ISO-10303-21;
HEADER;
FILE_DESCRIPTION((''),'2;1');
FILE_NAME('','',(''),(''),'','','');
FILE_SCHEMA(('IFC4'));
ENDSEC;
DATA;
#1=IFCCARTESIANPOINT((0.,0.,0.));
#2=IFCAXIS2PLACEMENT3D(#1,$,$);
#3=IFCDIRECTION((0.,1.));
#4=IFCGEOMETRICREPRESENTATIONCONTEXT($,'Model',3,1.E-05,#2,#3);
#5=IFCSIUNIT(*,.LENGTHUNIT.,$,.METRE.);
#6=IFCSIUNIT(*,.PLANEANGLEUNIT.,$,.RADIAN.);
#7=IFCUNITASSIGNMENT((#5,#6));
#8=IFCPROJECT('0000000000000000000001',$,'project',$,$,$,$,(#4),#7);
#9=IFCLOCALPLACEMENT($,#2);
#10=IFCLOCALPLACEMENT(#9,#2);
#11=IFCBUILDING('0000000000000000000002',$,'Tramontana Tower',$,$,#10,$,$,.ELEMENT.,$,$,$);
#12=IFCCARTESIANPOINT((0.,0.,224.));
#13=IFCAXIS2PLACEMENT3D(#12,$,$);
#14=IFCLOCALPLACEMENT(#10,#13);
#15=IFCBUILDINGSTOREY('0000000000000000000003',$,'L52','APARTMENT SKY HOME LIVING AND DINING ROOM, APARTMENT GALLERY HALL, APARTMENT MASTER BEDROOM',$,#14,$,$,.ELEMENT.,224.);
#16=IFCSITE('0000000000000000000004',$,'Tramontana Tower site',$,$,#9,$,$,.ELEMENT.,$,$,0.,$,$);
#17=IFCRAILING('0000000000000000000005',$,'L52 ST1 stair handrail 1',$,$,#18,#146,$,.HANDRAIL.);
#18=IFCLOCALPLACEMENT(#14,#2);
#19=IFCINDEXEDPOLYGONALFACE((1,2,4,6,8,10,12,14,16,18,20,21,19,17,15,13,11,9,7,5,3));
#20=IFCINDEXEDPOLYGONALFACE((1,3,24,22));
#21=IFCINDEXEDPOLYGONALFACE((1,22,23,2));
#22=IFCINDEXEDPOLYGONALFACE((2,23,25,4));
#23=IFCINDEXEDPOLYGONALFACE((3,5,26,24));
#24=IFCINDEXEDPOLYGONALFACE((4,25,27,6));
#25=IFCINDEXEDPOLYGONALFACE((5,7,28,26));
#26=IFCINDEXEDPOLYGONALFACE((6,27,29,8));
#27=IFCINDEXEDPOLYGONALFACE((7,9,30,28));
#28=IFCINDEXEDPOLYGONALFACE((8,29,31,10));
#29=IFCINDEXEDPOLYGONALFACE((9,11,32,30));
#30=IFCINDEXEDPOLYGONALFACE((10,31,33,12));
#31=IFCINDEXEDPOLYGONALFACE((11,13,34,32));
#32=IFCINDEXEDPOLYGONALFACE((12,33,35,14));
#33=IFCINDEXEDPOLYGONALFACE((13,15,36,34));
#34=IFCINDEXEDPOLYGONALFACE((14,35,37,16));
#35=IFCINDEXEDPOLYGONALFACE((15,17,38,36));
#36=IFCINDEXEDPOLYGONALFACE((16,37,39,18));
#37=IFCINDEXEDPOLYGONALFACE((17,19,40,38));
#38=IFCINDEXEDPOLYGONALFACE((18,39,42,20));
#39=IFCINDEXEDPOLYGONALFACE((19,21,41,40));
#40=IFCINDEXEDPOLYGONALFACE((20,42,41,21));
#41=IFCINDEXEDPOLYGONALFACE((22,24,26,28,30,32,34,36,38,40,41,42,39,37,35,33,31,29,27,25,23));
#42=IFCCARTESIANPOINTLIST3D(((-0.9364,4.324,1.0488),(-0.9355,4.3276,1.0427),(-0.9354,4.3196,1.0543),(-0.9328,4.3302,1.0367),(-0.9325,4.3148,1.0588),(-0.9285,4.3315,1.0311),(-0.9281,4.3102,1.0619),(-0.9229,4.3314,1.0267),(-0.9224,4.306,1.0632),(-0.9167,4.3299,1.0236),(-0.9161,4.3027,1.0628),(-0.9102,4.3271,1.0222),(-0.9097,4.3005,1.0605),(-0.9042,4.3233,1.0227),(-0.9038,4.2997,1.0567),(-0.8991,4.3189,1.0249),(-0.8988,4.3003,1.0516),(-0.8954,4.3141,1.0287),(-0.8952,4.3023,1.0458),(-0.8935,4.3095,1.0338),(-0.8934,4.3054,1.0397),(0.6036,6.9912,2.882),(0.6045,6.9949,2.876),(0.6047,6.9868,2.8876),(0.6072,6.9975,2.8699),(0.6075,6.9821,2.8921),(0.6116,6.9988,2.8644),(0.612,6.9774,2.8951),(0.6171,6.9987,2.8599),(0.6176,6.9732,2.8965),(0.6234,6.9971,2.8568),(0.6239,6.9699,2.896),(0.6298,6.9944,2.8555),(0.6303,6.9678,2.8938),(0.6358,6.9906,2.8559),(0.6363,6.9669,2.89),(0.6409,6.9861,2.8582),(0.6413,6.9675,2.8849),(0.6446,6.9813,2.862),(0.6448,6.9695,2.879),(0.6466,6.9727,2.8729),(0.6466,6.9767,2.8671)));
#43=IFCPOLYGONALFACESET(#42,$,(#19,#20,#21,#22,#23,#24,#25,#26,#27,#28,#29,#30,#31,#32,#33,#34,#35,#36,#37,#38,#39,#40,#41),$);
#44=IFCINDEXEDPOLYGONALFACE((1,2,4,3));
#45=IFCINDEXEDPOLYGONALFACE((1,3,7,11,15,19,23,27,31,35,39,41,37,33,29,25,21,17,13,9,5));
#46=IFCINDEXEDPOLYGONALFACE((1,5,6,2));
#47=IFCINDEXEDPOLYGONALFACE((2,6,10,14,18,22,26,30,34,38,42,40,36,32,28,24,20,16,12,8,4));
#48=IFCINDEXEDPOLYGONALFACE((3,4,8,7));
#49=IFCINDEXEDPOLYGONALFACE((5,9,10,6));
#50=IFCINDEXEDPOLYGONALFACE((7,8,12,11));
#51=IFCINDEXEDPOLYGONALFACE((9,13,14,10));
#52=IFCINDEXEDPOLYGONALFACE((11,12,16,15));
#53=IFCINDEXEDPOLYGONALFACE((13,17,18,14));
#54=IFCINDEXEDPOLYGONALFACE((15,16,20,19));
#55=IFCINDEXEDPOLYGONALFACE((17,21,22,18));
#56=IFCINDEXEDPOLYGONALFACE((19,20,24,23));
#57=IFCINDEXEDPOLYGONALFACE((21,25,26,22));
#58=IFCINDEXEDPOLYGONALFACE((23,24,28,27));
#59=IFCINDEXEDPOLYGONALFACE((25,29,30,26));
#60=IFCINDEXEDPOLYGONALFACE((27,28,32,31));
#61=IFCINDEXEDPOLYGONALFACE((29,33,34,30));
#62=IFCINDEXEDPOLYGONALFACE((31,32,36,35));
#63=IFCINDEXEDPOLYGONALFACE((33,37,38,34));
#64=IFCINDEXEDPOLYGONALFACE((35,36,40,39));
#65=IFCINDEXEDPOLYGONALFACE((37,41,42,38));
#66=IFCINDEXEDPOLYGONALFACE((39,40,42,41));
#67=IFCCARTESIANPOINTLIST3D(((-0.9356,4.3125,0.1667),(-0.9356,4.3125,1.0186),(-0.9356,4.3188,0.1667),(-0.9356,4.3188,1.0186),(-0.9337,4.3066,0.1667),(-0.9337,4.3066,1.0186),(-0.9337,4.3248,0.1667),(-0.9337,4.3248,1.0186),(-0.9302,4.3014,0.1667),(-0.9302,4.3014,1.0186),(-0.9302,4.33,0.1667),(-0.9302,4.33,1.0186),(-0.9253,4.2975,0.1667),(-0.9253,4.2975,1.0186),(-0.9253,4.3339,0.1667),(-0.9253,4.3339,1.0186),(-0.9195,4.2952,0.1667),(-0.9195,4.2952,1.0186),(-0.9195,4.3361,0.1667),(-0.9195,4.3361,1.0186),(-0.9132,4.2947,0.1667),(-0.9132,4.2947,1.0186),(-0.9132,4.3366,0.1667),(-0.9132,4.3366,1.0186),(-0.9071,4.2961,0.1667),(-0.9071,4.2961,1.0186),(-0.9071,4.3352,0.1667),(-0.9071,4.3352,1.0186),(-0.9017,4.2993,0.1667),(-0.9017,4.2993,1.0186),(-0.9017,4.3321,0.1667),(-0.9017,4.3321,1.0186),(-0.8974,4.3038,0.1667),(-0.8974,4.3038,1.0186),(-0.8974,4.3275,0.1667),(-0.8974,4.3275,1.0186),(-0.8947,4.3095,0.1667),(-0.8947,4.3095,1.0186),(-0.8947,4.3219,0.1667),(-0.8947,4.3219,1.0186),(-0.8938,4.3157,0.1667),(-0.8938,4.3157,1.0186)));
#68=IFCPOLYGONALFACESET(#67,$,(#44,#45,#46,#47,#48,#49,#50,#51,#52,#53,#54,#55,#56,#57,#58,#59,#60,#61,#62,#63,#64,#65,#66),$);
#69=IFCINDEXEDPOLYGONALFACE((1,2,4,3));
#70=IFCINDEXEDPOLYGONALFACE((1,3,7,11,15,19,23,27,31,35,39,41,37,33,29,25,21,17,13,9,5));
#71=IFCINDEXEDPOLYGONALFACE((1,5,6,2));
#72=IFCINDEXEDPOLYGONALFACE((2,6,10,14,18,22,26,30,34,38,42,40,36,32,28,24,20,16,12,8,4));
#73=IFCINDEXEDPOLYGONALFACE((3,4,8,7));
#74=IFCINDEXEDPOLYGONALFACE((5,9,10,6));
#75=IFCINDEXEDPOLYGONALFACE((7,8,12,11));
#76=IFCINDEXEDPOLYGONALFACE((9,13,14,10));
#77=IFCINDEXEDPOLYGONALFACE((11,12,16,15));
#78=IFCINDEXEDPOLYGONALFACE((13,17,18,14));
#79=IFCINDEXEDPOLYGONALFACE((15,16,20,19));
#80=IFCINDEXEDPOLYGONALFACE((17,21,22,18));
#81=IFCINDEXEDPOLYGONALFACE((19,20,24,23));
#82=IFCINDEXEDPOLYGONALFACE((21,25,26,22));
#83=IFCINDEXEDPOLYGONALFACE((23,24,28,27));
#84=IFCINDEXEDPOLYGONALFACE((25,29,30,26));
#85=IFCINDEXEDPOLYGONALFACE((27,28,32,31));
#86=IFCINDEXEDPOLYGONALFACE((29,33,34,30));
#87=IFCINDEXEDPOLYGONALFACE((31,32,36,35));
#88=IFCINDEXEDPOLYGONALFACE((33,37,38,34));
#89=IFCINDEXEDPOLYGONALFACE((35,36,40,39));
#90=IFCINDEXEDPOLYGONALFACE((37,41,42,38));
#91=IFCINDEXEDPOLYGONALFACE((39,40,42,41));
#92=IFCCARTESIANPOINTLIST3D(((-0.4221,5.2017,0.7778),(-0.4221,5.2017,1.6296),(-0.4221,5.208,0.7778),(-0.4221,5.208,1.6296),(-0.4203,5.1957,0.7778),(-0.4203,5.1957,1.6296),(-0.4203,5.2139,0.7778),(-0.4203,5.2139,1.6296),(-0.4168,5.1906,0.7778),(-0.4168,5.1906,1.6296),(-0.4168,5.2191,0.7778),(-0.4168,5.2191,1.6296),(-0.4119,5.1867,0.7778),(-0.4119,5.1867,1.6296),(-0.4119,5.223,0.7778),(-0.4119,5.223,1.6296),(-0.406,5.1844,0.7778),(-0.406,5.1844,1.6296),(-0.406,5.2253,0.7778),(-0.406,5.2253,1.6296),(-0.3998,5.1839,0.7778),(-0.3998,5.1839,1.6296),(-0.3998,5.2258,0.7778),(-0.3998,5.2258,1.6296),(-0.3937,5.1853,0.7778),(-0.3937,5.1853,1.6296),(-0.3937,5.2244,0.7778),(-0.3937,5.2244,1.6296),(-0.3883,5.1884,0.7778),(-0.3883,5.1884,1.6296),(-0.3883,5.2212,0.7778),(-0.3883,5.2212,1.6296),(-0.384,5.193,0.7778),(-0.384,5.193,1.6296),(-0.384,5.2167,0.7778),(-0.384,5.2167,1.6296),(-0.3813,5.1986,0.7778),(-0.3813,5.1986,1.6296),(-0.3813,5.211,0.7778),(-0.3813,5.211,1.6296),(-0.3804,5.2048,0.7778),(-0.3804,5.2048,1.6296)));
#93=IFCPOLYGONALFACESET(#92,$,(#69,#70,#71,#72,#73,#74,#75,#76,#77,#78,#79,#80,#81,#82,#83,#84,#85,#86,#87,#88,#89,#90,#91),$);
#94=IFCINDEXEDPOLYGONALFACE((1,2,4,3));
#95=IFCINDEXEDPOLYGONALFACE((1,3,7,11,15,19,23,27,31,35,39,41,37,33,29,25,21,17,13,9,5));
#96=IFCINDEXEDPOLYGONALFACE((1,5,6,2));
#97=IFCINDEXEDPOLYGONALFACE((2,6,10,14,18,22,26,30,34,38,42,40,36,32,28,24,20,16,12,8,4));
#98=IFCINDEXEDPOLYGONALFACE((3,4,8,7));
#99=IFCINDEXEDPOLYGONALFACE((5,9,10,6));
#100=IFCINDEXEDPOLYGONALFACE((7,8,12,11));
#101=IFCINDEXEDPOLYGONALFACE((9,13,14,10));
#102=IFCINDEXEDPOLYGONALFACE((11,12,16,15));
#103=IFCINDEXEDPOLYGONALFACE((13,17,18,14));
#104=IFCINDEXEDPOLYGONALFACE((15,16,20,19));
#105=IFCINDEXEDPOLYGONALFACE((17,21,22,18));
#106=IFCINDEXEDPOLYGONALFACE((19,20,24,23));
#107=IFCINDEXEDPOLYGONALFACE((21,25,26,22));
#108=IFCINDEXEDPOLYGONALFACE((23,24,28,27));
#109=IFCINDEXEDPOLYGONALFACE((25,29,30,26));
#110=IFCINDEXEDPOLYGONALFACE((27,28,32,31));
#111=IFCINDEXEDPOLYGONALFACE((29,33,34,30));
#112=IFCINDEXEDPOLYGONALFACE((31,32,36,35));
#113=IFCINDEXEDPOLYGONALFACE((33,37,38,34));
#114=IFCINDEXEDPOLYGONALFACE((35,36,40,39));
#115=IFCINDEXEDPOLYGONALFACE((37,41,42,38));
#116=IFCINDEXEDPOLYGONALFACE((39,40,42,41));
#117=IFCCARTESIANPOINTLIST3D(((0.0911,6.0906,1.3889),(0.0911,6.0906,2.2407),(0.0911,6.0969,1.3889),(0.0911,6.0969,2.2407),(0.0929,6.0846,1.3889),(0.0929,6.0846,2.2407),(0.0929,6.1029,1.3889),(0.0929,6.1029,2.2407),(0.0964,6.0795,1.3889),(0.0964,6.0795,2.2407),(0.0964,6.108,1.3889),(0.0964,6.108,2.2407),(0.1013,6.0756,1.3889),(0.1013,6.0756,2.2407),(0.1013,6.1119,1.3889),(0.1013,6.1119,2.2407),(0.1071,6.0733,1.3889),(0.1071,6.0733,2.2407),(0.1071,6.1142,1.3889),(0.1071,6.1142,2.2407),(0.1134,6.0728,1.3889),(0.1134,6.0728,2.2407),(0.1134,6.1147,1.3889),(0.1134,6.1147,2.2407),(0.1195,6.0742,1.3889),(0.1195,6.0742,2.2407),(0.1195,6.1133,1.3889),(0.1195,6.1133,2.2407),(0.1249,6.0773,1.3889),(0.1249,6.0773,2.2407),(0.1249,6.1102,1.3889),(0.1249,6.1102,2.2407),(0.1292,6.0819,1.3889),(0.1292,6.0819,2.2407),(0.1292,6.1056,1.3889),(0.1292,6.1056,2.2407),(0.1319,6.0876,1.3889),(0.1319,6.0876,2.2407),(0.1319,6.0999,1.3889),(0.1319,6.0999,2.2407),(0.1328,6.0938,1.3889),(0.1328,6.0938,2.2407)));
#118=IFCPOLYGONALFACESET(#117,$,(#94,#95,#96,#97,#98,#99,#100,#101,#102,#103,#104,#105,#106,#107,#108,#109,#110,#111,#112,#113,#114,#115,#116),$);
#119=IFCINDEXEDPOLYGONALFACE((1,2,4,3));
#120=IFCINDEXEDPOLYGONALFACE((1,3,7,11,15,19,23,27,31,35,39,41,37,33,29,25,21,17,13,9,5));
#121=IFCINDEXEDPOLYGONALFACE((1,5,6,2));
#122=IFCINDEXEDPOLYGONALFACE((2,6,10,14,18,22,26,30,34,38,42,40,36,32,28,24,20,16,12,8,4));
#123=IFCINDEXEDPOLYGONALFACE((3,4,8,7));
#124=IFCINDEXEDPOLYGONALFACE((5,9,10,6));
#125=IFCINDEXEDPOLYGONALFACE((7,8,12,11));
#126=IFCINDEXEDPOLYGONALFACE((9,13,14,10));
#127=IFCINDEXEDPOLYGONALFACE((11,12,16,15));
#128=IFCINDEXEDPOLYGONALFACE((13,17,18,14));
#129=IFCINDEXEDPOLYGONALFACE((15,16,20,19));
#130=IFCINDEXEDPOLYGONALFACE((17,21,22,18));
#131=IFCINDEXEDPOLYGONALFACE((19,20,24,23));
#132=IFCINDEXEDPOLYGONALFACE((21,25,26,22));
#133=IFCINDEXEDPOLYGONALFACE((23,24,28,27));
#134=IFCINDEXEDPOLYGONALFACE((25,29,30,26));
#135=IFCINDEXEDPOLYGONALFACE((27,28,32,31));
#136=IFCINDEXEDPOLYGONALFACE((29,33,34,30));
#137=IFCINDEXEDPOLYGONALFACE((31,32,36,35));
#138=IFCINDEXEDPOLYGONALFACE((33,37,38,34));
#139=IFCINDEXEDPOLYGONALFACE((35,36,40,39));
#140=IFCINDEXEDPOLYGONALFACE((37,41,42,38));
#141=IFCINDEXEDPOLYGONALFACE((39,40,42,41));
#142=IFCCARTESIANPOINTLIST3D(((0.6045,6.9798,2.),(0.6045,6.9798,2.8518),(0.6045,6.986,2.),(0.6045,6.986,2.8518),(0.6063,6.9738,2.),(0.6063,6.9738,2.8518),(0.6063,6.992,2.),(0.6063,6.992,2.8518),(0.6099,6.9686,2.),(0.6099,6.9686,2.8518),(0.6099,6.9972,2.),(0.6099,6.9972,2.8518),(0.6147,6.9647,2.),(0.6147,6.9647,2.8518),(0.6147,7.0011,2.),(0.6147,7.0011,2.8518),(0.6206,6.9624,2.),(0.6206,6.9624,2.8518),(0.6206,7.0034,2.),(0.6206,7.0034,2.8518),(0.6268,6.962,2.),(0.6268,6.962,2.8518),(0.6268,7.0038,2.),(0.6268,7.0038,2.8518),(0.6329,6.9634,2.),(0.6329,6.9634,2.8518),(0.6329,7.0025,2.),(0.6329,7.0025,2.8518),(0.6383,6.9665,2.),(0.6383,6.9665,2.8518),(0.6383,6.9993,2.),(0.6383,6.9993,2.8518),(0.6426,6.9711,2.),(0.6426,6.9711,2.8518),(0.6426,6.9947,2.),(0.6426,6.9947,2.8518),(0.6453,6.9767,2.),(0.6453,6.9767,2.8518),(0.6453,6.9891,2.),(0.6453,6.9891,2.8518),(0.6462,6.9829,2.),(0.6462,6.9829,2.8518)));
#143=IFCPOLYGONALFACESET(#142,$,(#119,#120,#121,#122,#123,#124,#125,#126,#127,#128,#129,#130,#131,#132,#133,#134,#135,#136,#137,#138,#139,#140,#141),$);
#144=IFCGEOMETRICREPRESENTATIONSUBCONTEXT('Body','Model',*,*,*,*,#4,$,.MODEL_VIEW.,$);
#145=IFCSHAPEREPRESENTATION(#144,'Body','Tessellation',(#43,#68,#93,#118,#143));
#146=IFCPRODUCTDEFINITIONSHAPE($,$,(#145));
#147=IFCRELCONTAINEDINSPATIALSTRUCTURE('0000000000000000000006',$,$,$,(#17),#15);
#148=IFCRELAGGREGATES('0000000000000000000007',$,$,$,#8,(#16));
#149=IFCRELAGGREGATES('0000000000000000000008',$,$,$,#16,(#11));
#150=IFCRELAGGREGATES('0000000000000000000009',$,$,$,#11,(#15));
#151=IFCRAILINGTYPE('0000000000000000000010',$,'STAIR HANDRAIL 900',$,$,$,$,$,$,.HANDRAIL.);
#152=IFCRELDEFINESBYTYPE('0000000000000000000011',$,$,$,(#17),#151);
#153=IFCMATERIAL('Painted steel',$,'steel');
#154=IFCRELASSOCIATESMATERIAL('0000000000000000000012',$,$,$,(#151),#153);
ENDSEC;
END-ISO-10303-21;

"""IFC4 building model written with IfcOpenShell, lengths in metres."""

from ifc_helpers import new_model, si_unit, direction, frame, origin, origin_2d, place, context, subcontext, project, spatial, circle, extrude, material, type_object, element, save


model = new_model("IFC4")

# Units and contexts
model_context = context("Model", 3, precision=1e-05, world=origin(), true_north=direction((0.0, 1.0)))
body_context = subcontext(model_context, "Body", "Model", "MODEL_VIEW")
ifc_project = project(units=[si_unit("LENGTHUNIT", "METRE"), si_unit("PLANEANGLEUNIT", "RADIAN")], contexts=[model_context])

# Site, building, storey
site_placement = place(None, origin())
site = spatial("IfcSite", under=ifc_project, at=site_placement, Name="Tramontana Tower site", CompositionType="ELEMENT", RefElevation=0.0)
building_placement = place(site_placement, origin())
building = spatial("IfcBuilding", under=site, at=building_placement, Name="Tramontana Tower", CompositionType="ELEMENT")
storey_placement = place(building_placement, frame((0.0, 0.0, 224.0)))
storey = spatial("IfcBuildingStorey", under=building, at=storey_placement, Name="L52", Description="APARTMENT SKY HOME LIVING AND DINING ROOM, APARTMENT GALLERY HALL, APARTMENT MASTER BEDROOM", CompositionType="ELEMENT", Elevation=224.0)

# Railing
ifc_material_1 = material(Name="Painted steel", Category="steel")
railing_type_1 = type_object("IfcRailingType", Name="STAIR HANDRAIL 900", PredefinedType="HANDRAIL", material=ifc_material_1)
railing_1_placement = place(storey_placement, frame((-0.9148, 4.3157, 0.1667)))
element("IfcRailing", 1, at=railing_1_placement, inside=storey, type_object=railing_type_1, Name="L52 ST1 stair handrail 1", PredefinedType="HANDRAIL", context=body_context, shape_type="SweptSolid", body=[
    extrude(circle(Radius=0.0239, at=origin_2d()), frame((0.0, 0.0, 0.876), z_axis=(0.429671, 0.744159, 0.511478), x_axis=(-0.86601, 0.500027, 0.0)), (0.0, 0.0, 1.0), 3.5842),
    extrude(circle(Radius=0.021, at=origin_2d()), origin(), (0.0, 0.0, 1.0), 0.8518),
    extrude(circle(Radius=0.021, at=origin_2d()), frame((0.5134, 0.8892, 0.6111)), (0.0, 0.0, 1.0), 0.8518),
    extrude(circle(Radius=0.021, at=origin_2d()), frame((1.0266, 1.7781, 1.2222)), (0.0, 0.0, 1.0), 0.8518),
    extrude(circle(Radius=0.021, at=origin_2d()), frame((1.54, 2.6672, 1.8333)), (0.0, 0.0, 1.0), 0.8518),
])

save(model, "model.ifc")
